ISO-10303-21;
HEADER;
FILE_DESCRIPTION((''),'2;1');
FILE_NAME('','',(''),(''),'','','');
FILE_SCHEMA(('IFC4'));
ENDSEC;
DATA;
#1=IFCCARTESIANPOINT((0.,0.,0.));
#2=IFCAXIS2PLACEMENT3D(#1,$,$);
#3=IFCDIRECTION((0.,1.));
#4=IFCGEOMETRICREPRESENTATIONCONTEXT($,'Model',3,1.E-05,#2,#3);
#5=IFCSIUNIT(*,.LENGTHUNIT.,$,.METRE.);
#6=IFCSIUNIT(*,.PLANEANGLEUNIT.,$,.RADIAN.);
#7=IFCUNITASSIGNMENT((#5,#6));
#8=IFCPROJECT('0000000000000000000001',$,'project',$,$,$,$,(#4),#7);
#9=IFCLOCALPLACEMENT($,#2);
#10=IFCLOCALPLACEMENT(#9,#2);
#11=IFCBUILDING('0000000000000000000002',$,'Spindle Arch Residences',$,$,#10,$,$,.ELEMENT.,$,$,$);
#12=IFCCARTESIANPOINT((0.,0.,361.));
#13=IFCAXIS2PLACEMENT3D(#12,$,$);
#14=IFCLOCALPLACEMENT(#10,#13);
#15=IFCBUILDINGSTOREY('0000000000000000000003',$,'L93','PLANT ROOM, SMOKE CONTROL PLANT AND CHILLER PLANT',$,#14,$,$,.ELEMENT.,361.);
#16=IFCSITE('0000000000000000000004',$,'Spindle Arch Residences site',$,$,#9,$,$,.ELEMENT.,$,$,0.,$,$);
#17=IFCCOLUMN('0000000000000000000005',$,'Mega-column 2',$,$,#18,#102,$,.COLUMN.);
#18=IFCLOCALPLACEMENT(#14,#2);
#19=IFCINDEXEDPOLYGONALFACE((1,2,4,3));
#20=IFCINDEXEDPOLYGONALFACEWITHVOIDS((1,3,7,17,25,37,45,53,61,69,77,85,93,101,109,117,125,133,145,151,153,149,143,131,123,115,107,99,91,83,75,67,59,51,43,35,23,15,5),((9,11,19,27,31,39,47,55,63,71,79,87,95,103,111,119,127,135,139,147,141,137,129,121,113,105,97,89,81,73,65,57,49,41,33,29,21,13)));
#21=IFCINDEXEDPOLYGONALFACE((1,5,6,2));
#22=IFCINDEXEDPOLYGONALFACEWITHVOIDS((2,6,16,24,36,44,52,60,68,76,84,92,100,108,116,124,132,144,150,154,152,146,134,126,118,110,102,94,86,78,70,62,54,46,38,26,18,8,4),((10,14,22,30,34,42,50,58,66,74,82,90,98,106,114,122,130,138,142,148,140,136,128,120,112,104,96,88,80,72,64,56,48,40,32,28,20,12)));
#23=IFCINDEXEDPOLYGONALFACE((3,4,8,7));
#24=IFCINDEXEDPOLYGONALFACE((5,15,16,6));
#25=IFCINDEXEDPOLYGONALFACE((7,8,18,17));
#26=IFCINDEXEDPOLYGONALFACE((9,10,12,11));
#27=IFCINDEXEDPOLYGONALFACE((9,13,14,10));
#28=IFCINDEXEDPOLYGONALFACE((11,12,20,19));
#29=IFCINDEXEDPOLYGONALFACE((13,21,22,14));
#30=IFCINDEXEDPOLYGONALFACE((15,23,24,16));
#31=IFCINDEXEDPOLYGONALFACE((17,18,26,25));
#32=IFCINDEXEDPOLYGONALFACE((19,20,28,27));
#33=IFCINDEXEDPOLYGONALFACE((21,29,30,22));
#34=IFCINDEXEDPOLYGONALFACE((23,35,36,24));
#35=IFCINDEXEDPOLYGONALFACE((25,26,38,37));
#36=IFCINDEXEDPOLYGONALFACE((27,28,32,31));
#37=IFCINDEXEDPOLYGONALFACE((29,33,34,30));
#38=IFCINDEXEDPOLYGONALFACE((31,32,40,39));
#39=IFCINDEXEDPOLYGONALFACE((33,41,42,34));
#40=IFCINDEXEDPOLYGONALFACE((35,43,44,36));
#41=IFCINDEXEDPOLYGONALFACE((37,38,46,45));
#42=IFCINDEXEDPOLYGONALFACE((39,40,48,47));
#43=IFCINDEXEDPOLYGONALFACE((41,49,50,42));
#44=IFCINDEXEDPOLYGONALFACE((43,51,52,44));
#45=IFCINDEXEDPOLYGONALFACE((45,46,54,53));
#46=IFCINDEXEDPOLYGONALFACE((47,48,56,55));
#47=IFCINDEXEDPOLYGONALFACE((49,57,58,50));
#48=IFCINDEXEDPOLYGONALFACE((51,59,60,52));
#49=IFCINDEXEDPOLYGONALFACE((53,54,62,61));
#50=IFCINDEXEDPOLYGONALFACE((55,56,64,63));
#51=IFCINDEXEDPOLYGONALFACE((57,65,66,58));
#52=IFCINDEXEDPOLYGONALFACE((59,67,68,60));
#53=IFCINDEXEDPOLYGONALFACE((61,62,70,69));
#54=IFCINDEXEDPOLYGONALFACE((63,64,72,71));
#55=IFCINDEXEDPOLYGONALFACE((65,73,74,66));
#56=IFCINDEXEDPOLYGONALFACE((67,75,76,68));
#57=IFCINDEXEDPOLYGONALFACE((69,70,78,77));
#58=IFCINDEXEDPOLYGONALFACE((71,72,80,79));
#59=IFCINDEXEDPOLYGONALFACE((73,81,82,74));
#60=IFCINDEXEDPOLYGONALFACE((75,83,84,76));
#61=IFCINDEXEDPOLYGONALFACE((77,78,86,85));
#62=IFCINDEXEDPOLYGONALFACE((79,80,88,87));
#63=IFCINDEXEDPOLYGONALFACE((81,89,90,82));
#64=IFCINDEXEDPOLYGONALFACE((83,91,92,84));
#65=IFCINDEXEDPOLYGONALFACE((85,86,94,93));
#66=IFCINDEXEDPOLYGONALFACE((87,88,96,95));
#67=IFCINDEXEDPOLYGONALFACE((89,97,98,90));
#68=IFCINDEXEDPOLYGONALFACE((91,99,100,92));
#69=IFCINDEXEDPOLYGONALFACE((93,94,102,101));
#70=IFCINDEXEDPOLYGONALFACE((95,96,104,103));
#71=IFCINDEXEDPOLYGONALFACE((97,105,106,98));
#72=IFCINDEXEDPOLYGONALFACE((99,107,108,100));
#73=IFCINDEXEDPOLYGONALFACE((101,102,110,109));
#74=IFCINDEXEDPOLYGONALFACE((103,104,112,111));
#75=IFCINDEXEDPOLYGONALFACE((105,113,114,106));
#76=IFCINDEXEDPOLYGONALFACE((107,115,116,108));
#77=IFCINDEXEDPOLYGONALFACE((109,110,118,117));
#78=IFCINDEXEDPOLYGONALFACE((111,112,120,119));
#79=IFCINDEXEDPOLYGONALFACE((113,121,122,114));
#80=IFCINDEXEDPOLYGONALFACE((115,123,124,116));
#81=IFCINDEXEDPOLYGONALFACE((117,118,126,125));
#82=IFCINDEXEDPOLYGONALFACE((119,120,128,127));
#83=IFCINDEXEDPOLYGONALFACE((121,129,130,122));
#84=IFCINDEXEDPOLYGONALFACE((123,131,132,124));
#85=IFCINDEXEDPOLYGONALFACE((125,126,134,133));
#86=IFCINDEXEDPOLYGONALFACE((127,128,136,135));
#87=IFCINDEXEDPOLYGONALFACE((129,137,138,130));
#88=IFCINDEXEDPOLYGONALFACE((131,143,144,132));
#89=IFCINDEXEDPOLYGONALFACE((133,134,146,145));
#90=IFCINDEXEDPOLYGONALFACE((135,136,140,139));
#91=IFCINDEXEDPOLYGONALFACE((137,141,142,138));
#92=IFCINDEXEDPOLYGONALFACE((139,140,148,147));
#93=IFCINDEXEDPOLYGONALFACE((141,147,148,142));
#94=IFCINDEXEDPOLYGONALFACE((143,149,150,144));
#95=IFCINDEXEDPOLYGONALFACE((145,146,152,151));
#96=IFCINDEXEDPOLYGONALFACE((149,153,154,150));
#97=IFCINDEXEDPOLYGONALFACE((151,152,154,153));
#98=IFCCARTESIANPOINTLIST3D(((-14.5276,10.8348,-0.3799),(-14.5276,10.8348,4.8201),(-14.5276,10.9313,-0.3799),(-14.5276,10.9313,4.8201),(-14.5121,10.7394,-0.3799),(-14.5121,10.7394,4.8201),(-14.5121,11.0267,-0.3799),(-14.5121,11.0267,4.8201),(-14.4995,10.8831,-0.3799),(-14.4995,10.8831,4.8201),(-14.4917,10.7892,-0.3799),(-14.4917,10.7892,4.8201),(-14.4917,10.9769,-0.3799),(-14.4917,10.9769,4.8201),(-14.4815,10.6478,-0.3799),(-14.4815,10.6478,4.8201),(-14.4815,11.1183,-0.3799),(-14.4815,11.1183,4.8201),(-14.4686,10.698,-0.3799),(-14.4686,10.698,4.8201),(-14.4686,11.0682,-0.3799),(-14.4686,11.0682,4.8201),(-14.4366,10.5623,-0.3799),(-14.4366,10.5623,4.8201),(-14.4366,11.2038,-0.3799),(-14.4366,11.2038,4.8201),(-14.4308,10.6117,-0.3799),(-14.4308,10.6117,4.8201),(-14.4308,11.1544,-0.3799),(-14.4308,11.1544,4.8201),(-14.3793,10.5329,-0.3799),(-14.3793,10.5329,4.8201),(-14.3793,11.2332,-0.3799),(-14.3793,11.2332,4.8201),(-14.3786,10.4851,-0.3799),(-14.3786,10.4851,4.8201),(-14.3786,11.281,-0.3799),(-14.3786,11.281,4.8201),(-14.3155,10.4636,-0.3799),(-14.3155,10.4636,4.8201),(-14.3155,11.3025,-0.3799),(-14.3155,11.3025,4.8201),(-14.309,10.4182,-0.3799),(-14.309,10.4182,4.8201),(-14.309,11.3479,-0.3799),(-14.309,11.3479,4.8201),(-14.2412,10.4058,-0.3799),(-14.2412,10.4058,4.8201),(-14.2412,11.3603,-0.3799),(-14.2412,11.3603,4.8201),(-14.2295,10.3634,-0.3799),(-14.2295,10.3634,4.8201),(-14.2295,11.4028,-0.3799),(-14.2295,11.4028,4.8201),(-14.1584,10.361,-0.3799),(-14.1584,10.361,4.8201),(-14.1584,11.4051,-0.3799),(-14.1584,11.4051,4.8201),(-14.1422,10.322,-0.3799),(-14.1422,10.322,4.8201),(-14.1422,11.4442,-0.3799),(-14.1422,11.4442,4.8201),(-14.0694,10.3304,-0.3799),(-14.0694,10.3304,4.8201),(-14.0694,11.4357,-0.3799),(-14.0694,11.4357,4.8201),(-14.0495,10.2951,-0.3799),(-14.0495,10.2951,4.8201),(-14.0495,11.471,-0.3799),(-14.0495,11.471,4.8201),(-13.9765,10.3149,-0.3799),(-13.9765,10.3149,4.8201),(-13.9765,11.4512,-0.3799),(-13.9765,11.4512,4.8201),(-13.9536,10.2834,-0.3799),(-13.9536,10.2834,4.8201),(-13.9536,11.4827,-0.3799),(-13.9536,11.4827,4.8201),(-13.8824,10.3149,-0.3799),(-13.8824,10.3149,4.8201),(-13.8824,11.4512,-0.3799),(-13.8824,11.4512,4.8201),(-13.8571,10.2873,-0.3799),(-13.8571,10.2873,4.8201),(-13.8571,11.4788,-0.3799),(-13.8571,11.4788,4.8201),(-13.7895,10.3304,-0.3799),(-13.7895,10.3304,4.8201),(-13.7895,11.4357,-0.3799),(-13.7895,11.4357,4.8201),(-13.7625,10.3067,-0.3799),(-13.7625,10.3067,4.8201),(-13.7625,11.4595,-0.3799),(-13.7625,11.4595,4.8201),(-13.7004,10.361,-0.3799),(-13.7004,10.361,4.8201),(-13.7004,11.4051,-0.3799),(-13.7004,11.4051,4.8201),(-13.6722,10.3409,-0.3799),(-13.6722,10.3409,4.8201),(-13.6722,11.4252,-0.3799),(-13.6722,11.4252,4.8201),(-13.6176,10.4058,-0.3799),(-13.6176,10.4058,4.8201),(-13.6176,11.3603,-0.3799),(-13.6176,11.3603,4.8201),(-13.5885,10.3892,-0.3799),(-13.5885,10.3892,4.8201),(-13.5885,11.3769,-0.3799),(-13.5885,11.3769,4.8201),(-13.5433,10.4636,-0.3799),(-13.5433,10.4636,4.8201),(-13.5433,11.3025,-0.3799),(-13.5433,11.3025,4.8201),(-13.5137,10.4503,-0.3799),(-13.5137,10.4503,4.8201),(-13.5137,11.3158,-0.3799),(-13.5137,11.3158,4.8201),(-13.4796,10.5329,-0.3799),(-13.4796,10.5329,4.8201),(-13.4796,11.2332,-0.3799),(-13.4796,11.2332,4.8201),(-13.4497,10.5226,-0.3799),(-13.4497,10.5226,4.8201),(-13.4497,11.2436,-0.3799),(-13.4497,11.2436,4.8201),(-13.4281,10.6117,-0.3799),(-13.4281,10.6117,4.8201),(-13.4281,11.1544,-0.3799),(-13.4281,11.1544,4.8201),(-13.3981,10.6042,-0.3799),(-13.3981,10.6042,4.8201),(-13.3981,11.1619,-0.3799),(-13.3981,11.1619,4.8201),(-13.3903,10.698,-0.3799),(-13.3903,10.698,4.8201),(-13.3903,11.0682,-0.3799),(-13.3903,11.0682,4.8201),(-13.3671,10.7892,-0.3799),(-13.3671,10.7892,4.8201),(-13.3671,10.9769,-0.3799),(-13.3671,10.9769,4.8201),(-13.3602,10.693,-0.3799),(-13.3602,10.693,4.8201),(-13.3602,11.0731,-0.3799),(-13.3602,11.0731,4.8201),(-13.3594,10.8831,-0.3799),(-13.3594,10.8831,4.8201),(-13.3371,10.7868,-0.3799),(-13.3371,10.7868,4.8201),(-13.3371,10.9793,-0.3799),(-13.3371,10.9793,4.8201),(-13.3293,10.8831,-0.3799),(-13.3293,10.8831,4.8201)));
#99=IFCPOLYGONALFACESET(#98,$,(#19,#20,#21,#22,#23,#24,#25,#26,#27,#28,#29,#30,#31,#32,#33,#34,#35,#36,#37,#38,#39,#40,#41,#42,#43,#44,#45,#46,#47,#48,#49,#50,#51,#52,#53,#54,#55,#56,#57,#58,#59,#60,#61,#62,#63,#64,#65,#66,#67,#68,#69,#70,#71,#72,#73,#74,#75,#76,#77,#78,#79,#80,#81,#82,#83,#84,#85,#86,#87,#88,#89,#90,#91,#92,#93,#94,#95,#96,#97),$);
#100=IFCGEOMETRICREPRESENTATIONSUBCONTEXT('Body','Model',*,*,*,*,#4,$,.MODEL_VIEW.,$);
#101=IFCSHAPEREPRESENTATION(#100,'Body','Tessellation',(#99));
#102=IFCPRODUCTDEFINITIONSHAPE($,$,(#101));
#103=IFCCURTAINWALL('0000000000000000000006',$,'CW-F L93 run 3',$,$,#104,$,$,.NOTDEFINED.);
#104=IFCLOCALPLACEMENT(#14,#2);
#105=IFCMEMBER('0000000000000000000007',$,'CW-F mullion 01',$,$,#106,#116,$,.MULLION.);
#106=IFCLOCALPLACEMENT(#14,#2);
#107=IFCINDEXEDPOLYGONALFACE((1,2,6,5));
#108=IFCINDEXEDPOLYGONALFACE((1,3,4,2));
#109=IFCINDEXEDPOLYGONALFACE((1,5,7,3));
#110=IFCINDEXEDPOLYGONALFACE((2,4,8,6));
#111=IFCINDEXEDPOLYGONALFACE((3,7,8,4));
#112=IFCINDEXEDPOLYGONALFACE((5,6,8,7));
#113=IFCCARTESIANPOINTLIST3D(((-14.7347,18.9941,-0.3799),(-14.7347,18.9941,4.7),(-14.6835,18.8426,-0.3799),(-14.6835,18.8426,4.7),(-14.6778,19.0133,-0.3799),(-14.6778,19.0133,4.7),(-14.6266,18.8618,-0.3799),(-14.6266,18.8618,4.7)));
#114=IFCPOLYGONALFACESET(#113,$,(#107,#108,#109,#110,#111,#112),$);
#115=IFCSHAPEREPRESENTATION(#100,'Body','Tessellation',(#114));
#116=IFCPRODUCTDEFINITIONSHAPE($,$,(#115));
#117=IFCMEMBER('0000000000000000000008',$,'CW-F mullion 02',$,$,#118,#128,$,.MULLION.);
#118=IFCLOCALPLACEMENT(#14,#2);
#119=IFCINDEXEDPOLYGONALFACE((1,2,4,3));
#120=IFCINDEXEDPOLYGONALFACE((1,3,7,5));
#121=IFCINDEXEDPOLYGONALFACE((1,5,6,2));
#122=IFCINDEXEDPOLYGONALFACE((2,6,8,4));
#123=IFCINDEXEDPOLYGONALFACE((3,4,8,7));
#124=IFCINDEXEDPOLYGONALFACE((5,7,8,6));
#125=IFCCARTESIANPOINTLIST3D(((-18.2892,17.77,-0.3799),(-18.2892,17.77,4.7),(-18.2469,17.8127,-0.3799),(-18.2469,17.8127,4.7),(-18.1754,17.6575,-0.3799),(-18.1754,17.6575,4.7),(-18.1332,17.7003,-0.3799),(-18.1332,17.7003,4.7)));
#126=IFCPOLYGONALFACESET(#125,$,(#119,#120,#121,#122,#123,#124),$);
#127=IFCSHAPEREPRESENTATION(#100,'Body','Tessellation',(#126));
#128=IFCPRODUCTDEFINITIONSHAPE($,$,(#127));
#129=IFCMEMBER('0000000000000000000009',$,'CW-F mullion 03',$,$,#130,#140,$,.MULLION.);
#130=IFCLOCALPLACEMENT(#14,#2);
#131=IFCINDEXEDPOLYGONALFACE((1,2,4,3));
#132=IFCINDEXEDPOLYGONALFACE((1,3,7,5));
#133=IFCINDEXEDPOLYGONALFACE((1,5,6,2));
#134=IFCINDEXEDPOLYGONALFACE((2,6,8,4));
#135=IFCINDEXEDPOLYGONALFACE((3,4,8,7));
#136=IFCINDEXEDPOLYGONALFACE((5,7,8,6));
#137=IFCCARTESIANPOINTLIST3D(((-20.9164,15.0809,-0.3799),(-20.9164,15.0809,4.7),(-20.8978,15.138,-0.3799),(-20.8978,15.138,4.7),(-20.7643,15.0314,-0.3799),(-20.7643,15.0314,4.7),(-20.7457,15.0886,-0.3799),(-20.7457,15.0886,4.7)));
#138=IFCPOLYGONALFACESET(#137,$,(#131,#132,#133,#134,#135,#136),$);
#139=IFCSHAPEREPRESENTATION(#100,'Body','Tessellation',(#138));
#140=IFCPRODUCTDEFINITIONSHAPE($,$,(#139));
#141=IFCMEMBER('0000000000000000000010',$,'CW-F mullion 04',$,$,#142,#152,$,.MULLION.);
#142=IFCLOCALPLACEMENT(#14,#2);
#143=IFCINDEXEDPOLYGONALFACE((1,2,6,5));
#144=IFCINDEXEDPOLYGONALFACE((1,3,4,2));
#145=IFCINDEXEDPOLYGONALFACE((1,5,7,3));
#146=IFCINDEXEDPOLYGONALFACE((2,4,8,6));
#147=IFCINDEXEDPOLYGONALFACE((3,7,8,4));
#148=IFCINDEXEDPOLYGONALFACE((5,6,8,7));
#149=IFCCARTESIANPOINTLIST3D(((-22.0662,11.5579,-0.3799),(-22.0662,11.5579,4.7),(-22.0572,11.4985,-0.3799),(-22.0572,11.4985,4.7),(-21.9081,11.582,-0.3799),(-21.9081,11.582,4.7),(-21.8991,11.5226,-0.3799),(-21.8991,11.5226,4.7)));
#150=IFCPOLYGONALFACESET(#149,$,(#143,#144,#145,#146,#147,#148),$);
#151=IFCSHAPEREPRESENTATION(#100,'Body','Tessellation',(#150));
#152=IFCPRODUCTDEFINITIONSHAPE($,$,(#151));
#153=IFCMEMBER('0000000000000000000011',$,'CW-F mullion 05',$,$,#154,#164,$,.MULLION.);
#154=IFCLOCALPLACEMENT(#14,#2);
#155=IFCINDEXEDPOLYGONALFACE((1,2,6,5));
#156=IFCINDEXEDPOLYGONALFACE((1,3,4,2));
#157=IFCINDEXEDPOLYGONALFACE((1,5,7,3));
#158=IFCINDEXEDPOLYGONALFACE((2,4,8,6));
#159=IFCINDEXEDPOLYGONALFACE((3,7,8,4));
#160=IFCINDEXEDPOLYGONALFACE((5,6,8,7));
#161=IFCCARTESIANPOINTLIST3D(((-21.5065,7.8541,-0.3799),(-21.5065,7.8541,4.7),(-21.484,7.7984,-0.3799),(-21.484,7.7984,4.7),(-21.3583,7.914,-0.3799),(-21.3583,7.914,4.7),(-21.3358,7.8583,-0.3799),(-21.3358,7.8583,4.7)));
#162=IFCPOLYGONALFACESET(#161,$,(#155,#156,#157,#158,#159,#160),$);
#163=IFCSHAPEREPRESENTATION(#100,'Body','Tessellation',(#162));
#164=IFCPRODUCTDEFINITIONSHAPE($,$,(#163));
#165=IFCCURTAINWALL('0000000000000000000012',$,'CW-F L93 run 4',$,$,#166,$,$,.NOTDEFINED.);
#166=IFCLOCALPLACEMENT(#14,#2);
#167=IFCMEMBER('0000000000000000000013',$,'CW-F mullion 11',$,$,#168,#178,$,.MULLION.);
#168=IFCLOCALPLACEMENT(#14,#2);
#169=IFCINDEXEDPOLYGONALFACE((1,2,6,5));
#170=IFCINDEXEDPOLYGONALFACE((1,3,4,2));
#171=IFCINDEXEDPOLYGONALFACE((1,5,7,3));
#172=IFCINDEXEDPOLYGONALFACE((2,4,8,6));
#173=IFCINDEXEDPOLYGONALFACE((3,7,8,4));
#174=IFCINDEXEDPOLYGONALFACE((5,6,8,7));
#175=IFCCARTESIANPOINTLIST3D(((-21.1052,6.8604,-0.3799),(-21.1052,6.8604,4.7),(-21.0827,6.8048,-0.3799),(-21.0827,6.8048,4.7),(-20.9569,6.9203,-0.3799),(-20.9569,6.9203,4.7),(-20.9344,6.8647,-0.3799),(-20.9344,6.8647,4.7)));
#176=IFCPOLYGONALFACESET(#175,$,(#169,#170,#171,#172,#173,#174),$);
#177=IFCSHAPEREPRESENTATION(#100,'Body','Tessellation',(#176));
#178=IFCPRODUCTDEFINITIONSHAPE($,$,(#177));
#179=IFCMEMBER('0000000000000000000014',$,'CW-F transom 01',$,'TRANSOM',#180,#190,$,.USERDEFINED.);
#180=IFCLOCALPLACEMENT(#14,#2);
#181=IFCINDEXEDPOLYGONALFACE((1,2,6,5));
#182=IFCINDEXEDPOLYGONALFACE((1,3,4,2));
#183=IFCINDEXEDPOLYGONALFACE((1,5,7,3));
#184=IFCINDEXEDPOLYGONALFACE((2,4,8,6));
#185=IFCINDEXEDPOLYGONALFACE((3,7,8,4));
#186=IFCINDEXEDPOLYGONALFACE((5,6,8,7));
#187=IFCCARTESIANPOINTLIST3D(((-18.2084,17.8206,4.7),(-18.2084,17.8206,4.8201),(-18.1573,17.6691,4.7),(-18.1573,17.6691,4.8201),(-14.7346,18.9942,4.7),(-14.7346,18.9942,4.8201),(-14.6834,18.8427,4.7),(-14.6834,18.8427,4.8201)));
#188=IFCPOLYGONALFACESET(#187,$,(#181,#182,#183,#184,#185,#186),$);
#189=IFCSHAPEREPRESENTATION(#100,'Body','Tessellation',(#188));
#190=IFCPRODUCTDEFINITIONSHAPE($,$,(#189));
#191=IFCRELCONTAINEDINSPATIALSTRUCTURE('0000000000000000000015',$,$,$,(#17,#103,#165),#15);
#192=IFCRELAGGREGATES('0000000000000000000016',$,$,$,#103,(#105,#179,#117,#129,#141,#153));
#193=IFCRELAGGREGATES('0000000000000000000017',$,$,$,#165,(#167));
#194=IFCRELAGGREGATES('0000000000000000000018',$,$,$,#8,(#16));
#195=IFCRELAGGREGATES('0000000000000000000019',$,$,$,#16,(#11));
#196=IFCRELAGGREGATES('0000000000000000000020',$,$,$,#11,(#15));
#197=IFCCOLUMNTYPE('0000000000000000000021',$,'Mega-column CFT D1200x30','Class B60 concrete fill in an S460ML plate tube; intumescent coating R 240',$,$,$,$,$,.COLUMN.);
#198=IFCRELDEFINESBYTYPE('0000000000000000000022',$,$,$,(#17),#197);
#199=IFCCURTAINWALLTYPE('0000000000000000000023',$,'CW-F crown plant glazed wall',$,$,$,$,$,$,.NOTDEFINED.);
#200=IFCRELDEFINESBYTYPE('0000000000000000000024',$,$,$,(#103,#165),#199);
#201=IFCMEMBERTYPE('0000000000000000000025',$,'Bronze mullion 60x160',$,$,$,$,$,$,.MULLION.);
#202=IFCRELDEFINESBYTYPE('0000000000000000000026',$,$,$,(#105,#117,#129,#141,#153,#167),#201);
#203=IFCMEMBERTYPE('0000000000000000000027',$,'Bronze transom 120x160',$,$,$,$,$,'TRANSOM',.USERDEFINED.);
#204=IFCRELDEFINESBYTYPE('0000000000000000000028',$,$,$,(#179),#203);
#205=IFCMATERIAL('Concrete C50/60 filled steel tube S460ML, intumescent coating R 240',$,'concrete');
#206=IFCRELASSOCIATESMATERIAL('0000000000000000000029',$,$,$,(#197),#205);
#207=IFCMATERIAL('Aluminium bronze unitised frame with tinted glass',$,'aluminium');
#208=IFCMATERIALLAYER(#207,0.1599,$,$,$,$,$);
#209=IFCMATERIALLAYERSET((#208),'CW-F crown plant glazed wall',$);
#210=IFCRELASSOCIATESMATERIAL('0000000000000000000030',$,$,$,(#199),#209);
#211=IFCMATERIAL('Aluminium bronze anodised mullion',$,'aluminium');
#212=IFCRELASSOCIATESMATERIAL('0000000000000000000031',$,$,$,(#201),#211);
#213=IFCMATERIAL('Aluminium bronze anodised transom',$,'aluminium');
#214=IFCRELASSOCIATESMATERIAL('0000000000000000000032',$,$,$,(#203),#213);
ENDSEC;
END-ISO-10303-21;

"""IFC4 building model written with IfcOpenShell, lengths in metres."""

from ifc_helpers import new_model, si_unit, direction, frame, origin, origin_2d, place, context, subcontext, project, spatial, rectangle, hollow_circle, extrude, material, layer, layer_set, material_profile, profile_set, type_object, element, aggregate, save


model = new_model("IFC4")

# Units and contexts
model_context = context("Model", 3, precision=1e-05, world=origin(), true_north=direction((0.0, 1.0)))
body_context = subcontext(model_context, "Body", "Model", "MODEL_VIEW")
ifc_project = project(units=[si_unit("LENGTHUNIT", "METRE"), si_unit("PLANEANGLEUNIT", "RADIAN")], contexts=[model_context])

# Site, building, storey
site_placement = place(None, origin())
site = spatial("IfcSite", under=ifc_project, at=site_placement, Name="Spindle Arch Residences site", CompositionType="ELEMENT", RefElevation=0.0)
building_placement = place(site_placement, origin())
building = spatial("IfcBuilding", under=site, at=building_placement, Name="Spindle Arch Residences", CompositionType="ELEMENT")
storey_placement = place(building_placement, frame((0.0, 0.0, 361.0)))
storey = spatial("IfcBuildingStorey", under=building, at=storey_placement, Name="L93", Description="PLANT ROOM, SMOKE CONTROL PLANT AND CHILLER PLANT", CompositionType="ELEMENT", Elevation=361.0)

# Column
ifc_material_1 = material(Name="Concrete C50/60 filled steel tube S460ML, intumescent coating R 240", Category="concrete")
ifc_material_profile_1 = material_profile(ifc_material_1, hollow_circle(Radius=0.6001, WallThickness=0.03, at=origin_2d()), Name="CFT D1200x30")
ifc_profile_set_1 = profile_set([ifc_material_profile_1], Name="Concrete C50/60 filled steel tube S460ML, intumescent coating R 240")
column_type_1 = type_object("IfcColumnType", Name="Mega-column CFT D1200x30", Description="Class B60 concrete fill in an S460ML plate tube; intumescent coating R 240", PredefinedType="COLUMN", material=ifc_profile_set_1)
column_placement = place(storey_placement, frame((-13.9294, 10.8831, -0.3799), z_axis=(0.0, 0.0, 1.0), x_axis=(1.0, 0.0, 0.0)))
element("IfcColumn", 1, at=column_placement, inside=storey, type_object=column_type_1, Name="Mega-column 2", PredefinedType="COLUMN", context=body_context, shape_type="SweptSolid", body=[
    extrude(hollow_circle(Radius=0.6001, WallThickness=0.03, at=origin_2d()), origin(), (0.0, 0.0, 1.0), 5.2),
])

# Curtain wall, members
ifc_material_2 = material(Name="Aluminium bronze unitised frame with tinted glass", Category="aluminium")
ifc_layer_1 = layer(ifc_material_2, 0.1599)
ifc_layer_set_1 = layer_set([ifc_layer_1], Name="CW-F crown plant glazed wall")
curtain_wall_type = type_object("IfcCurtainWallType", Name="CW-F crown plant glazed wall", PredefinedType="NOTDEFINED", material=ifc_layer_set_1)
curtain_wall_1_placement = place(storey_placement, origin())
curtain_wall_1 = element("IfcCurtainWall", 2, at=curtain_wall_1_placement, inside=storey, type_object=curtain_wall_type, Name="CW-F L93 run 3", PredefinedType="NOTDEFINED")
ifc_material_3 = material(Name="Aluminium bronze anodised mullion", Category="aluminium")
ifc_material_profile_2 = material_profile(ifc_material_3, rectangle(XDim=0.1599, YDim=0.0601, at=origin_2d()), Name="MU 60x160")
ifc_profile_set_2 = profile_set([ifc_material_profile_2], Name="Aluminium bronze anodised mullion")
member_type_1 = type_object("IfcMemberType", Name="Bronze mullion 60x160", PredefinedType="MULLION", material=ifc_profile_set_2)
member_1_placement = place(storey_placement, frame((-14.6807, 18.928, -0.3799), z_axis=(0.0, 0.0, 1.0), x_axis=(0.320062, -0.947397, 0.0)))
member_1 = element("IfcMember", 3, at=member_1_placement, type_object=member_type_1, Name="CW-F mullion 01", PredefinedType="MULLION", context=body_context, shape_type="SweptSolid", body=[
    extrude(rectangle(XDim=0.1599, YDim=0.0601, at=origin_2d()), origin(), (0.0, 0.0, 1.0), 5.0798),
])
member_2_placement = place(storey_placement, frame((-18.2112, 17.7351, -0.3799), z_axis=(0.0, 0.0, 1.0), x_axis=(0.711209, -0.702981, 0.0)))
member_2 = element("IfcMember", 4, at=member_2_placement, type_object=member_type_1, Name="CW-F mullion 02", PredefinedType="MULLION", context=body_context, shape_type="SweptSolid", body=[
    extrude(rectangle(XDim=0.1599, YDim=0.0601, at=origin_2d()), origin(), (0.0, 0.0, 1.0), 5.0798),
])
member_3_placement = place(storey_placement, frame((-20.8311, 15.0847, -0.3799), z_axis=(0.0, 0.0, 1.0), x_axis=(0.951057, -0.309017, 0.0)))
member_3 = element("IfcMember", 5, at=member_3_placement, type_object=member_type_1, Name="CW-F mullion 03", PredefinedType="MULLION", context=body_context, shape_type="SweptSolid", body=[
    extrude(rectangle(XDim=0.1599, YDim=0.0601, at=origin_2d()), origin(), (0.0, 0.0, 1.0), 5.0798),
])
member_4_placement = place(storey_placement, frame((-21.9827, 11.5403, -0.3799), z_axis=(0.0, 0.0, 1.0), x_axis=(0.988582, 0.150686, 0.0)))
member_4 = element("IfcMember", 6, at=member_4_placement, type_object=member_type_1, Name="CW-F mullion 04", PredefinedType="MULLION", context=body_context, shape_type="SweptSolid", body=[
    extrude(rectangle(XDim=0.1599, YDim=0.0601, at=origin_2d()), origin(), (0.0, 0.0, 1.0), 5.0798),
])
member_5_placement = place(storey_placement, frame((-21.4211, 7.8562, -0.3799), z_axis=(0.0, 0.0, 1.0), x_axis=(0.927184, 0.374607, 0.0)))
member_5 = element("IfcMember", 7, at=member_5_placement, type_object=member_type_1, Name="CW-F mullion 05", PredefinedType="MULLION", context=body_context, shape_type="SweptSolid", body=[
    extrude(rectangle(XDim=0.1599, YDim=0.0601, at=origin_2d()), origin(), (0.0, 0.0, 1.0), 5.0798),
])

# Curtain wall, member
curtain_wall_2_placement = place(storey_placement, origin())
curtain_wall_2 = element("IfcCurtainWall", 8, at=curtain_wall_2_placement, inside=storey, type_object=curtain_wall_type, Name="CW-F L93 run 4", PredefinedType="NOTDEFINED")
member_6_placement = place(storey_placement, frame((-21.0198, 6.8625, -0.3799), z_axis=(0.0, 0.0, 1.0), x_axis=(0.927184, 0.374607, 0.0)))
member_6 = element("IfcMember", 9, at=member_6_placement, type_object=member_type_1, Name="CW-F mullion 11", PredefinedType="MULLION", context=body_context, shape_type="SweptSolid", body=[
    extrude(rectangle(XDim=0.1599, YDim=0.0601, at=origin_2d()), origin(), (0.0, 0.0, 1.0), 5.0798),
])

# Member
ifc_material_4 = material(Name="Aluminium bronze anodised transom", Category="aluminium")
ifc_material_profile_3 = material_profile(ifc_material_4, rectangle(XDim=0.1599, YDim=0.1201, at=origin_2d()), Name="TR 120x160")
ifc_profile_set_3 = profile_set([ifc_material_profile_3], Name="Aluminium bronze anodised transom")
member_type_2 = type_object("IfcMemberType", Name="Bronze transom 120x160", ElementType="TRANSOM", PredefinedType="USERDEFINED", material=ifc_profile_set_3)
member_7_placement = place(storey_placement, frame((-14.709, 18.9185, 4.76), z_axis=(-0.947397, -0.32006, 0.0), x_axis=(0.32006, -0.947397, 0.0)))
member_7 = element("IfcMember", 10, at=member_7_placement, type_object=member_type_2, Name="CW-F transom 01", ObjectType="TRANSOM", PredefinedType="USERDEFINED", context=body_context, shape_type="SweptSolid", body=[
    extrude(rectangle(XDim=0.1599, YDim=0.1201, at=origin_2d()), origin(), (0.0, 0.0, 1.0), 3.6667),
])

aggregate(curtain_wall_1, [member_1, member_7, member_2, member_3, member_4, member_5])
aggregate(curtain_wall_2, [member_6])

save(model, "model.ifc")
